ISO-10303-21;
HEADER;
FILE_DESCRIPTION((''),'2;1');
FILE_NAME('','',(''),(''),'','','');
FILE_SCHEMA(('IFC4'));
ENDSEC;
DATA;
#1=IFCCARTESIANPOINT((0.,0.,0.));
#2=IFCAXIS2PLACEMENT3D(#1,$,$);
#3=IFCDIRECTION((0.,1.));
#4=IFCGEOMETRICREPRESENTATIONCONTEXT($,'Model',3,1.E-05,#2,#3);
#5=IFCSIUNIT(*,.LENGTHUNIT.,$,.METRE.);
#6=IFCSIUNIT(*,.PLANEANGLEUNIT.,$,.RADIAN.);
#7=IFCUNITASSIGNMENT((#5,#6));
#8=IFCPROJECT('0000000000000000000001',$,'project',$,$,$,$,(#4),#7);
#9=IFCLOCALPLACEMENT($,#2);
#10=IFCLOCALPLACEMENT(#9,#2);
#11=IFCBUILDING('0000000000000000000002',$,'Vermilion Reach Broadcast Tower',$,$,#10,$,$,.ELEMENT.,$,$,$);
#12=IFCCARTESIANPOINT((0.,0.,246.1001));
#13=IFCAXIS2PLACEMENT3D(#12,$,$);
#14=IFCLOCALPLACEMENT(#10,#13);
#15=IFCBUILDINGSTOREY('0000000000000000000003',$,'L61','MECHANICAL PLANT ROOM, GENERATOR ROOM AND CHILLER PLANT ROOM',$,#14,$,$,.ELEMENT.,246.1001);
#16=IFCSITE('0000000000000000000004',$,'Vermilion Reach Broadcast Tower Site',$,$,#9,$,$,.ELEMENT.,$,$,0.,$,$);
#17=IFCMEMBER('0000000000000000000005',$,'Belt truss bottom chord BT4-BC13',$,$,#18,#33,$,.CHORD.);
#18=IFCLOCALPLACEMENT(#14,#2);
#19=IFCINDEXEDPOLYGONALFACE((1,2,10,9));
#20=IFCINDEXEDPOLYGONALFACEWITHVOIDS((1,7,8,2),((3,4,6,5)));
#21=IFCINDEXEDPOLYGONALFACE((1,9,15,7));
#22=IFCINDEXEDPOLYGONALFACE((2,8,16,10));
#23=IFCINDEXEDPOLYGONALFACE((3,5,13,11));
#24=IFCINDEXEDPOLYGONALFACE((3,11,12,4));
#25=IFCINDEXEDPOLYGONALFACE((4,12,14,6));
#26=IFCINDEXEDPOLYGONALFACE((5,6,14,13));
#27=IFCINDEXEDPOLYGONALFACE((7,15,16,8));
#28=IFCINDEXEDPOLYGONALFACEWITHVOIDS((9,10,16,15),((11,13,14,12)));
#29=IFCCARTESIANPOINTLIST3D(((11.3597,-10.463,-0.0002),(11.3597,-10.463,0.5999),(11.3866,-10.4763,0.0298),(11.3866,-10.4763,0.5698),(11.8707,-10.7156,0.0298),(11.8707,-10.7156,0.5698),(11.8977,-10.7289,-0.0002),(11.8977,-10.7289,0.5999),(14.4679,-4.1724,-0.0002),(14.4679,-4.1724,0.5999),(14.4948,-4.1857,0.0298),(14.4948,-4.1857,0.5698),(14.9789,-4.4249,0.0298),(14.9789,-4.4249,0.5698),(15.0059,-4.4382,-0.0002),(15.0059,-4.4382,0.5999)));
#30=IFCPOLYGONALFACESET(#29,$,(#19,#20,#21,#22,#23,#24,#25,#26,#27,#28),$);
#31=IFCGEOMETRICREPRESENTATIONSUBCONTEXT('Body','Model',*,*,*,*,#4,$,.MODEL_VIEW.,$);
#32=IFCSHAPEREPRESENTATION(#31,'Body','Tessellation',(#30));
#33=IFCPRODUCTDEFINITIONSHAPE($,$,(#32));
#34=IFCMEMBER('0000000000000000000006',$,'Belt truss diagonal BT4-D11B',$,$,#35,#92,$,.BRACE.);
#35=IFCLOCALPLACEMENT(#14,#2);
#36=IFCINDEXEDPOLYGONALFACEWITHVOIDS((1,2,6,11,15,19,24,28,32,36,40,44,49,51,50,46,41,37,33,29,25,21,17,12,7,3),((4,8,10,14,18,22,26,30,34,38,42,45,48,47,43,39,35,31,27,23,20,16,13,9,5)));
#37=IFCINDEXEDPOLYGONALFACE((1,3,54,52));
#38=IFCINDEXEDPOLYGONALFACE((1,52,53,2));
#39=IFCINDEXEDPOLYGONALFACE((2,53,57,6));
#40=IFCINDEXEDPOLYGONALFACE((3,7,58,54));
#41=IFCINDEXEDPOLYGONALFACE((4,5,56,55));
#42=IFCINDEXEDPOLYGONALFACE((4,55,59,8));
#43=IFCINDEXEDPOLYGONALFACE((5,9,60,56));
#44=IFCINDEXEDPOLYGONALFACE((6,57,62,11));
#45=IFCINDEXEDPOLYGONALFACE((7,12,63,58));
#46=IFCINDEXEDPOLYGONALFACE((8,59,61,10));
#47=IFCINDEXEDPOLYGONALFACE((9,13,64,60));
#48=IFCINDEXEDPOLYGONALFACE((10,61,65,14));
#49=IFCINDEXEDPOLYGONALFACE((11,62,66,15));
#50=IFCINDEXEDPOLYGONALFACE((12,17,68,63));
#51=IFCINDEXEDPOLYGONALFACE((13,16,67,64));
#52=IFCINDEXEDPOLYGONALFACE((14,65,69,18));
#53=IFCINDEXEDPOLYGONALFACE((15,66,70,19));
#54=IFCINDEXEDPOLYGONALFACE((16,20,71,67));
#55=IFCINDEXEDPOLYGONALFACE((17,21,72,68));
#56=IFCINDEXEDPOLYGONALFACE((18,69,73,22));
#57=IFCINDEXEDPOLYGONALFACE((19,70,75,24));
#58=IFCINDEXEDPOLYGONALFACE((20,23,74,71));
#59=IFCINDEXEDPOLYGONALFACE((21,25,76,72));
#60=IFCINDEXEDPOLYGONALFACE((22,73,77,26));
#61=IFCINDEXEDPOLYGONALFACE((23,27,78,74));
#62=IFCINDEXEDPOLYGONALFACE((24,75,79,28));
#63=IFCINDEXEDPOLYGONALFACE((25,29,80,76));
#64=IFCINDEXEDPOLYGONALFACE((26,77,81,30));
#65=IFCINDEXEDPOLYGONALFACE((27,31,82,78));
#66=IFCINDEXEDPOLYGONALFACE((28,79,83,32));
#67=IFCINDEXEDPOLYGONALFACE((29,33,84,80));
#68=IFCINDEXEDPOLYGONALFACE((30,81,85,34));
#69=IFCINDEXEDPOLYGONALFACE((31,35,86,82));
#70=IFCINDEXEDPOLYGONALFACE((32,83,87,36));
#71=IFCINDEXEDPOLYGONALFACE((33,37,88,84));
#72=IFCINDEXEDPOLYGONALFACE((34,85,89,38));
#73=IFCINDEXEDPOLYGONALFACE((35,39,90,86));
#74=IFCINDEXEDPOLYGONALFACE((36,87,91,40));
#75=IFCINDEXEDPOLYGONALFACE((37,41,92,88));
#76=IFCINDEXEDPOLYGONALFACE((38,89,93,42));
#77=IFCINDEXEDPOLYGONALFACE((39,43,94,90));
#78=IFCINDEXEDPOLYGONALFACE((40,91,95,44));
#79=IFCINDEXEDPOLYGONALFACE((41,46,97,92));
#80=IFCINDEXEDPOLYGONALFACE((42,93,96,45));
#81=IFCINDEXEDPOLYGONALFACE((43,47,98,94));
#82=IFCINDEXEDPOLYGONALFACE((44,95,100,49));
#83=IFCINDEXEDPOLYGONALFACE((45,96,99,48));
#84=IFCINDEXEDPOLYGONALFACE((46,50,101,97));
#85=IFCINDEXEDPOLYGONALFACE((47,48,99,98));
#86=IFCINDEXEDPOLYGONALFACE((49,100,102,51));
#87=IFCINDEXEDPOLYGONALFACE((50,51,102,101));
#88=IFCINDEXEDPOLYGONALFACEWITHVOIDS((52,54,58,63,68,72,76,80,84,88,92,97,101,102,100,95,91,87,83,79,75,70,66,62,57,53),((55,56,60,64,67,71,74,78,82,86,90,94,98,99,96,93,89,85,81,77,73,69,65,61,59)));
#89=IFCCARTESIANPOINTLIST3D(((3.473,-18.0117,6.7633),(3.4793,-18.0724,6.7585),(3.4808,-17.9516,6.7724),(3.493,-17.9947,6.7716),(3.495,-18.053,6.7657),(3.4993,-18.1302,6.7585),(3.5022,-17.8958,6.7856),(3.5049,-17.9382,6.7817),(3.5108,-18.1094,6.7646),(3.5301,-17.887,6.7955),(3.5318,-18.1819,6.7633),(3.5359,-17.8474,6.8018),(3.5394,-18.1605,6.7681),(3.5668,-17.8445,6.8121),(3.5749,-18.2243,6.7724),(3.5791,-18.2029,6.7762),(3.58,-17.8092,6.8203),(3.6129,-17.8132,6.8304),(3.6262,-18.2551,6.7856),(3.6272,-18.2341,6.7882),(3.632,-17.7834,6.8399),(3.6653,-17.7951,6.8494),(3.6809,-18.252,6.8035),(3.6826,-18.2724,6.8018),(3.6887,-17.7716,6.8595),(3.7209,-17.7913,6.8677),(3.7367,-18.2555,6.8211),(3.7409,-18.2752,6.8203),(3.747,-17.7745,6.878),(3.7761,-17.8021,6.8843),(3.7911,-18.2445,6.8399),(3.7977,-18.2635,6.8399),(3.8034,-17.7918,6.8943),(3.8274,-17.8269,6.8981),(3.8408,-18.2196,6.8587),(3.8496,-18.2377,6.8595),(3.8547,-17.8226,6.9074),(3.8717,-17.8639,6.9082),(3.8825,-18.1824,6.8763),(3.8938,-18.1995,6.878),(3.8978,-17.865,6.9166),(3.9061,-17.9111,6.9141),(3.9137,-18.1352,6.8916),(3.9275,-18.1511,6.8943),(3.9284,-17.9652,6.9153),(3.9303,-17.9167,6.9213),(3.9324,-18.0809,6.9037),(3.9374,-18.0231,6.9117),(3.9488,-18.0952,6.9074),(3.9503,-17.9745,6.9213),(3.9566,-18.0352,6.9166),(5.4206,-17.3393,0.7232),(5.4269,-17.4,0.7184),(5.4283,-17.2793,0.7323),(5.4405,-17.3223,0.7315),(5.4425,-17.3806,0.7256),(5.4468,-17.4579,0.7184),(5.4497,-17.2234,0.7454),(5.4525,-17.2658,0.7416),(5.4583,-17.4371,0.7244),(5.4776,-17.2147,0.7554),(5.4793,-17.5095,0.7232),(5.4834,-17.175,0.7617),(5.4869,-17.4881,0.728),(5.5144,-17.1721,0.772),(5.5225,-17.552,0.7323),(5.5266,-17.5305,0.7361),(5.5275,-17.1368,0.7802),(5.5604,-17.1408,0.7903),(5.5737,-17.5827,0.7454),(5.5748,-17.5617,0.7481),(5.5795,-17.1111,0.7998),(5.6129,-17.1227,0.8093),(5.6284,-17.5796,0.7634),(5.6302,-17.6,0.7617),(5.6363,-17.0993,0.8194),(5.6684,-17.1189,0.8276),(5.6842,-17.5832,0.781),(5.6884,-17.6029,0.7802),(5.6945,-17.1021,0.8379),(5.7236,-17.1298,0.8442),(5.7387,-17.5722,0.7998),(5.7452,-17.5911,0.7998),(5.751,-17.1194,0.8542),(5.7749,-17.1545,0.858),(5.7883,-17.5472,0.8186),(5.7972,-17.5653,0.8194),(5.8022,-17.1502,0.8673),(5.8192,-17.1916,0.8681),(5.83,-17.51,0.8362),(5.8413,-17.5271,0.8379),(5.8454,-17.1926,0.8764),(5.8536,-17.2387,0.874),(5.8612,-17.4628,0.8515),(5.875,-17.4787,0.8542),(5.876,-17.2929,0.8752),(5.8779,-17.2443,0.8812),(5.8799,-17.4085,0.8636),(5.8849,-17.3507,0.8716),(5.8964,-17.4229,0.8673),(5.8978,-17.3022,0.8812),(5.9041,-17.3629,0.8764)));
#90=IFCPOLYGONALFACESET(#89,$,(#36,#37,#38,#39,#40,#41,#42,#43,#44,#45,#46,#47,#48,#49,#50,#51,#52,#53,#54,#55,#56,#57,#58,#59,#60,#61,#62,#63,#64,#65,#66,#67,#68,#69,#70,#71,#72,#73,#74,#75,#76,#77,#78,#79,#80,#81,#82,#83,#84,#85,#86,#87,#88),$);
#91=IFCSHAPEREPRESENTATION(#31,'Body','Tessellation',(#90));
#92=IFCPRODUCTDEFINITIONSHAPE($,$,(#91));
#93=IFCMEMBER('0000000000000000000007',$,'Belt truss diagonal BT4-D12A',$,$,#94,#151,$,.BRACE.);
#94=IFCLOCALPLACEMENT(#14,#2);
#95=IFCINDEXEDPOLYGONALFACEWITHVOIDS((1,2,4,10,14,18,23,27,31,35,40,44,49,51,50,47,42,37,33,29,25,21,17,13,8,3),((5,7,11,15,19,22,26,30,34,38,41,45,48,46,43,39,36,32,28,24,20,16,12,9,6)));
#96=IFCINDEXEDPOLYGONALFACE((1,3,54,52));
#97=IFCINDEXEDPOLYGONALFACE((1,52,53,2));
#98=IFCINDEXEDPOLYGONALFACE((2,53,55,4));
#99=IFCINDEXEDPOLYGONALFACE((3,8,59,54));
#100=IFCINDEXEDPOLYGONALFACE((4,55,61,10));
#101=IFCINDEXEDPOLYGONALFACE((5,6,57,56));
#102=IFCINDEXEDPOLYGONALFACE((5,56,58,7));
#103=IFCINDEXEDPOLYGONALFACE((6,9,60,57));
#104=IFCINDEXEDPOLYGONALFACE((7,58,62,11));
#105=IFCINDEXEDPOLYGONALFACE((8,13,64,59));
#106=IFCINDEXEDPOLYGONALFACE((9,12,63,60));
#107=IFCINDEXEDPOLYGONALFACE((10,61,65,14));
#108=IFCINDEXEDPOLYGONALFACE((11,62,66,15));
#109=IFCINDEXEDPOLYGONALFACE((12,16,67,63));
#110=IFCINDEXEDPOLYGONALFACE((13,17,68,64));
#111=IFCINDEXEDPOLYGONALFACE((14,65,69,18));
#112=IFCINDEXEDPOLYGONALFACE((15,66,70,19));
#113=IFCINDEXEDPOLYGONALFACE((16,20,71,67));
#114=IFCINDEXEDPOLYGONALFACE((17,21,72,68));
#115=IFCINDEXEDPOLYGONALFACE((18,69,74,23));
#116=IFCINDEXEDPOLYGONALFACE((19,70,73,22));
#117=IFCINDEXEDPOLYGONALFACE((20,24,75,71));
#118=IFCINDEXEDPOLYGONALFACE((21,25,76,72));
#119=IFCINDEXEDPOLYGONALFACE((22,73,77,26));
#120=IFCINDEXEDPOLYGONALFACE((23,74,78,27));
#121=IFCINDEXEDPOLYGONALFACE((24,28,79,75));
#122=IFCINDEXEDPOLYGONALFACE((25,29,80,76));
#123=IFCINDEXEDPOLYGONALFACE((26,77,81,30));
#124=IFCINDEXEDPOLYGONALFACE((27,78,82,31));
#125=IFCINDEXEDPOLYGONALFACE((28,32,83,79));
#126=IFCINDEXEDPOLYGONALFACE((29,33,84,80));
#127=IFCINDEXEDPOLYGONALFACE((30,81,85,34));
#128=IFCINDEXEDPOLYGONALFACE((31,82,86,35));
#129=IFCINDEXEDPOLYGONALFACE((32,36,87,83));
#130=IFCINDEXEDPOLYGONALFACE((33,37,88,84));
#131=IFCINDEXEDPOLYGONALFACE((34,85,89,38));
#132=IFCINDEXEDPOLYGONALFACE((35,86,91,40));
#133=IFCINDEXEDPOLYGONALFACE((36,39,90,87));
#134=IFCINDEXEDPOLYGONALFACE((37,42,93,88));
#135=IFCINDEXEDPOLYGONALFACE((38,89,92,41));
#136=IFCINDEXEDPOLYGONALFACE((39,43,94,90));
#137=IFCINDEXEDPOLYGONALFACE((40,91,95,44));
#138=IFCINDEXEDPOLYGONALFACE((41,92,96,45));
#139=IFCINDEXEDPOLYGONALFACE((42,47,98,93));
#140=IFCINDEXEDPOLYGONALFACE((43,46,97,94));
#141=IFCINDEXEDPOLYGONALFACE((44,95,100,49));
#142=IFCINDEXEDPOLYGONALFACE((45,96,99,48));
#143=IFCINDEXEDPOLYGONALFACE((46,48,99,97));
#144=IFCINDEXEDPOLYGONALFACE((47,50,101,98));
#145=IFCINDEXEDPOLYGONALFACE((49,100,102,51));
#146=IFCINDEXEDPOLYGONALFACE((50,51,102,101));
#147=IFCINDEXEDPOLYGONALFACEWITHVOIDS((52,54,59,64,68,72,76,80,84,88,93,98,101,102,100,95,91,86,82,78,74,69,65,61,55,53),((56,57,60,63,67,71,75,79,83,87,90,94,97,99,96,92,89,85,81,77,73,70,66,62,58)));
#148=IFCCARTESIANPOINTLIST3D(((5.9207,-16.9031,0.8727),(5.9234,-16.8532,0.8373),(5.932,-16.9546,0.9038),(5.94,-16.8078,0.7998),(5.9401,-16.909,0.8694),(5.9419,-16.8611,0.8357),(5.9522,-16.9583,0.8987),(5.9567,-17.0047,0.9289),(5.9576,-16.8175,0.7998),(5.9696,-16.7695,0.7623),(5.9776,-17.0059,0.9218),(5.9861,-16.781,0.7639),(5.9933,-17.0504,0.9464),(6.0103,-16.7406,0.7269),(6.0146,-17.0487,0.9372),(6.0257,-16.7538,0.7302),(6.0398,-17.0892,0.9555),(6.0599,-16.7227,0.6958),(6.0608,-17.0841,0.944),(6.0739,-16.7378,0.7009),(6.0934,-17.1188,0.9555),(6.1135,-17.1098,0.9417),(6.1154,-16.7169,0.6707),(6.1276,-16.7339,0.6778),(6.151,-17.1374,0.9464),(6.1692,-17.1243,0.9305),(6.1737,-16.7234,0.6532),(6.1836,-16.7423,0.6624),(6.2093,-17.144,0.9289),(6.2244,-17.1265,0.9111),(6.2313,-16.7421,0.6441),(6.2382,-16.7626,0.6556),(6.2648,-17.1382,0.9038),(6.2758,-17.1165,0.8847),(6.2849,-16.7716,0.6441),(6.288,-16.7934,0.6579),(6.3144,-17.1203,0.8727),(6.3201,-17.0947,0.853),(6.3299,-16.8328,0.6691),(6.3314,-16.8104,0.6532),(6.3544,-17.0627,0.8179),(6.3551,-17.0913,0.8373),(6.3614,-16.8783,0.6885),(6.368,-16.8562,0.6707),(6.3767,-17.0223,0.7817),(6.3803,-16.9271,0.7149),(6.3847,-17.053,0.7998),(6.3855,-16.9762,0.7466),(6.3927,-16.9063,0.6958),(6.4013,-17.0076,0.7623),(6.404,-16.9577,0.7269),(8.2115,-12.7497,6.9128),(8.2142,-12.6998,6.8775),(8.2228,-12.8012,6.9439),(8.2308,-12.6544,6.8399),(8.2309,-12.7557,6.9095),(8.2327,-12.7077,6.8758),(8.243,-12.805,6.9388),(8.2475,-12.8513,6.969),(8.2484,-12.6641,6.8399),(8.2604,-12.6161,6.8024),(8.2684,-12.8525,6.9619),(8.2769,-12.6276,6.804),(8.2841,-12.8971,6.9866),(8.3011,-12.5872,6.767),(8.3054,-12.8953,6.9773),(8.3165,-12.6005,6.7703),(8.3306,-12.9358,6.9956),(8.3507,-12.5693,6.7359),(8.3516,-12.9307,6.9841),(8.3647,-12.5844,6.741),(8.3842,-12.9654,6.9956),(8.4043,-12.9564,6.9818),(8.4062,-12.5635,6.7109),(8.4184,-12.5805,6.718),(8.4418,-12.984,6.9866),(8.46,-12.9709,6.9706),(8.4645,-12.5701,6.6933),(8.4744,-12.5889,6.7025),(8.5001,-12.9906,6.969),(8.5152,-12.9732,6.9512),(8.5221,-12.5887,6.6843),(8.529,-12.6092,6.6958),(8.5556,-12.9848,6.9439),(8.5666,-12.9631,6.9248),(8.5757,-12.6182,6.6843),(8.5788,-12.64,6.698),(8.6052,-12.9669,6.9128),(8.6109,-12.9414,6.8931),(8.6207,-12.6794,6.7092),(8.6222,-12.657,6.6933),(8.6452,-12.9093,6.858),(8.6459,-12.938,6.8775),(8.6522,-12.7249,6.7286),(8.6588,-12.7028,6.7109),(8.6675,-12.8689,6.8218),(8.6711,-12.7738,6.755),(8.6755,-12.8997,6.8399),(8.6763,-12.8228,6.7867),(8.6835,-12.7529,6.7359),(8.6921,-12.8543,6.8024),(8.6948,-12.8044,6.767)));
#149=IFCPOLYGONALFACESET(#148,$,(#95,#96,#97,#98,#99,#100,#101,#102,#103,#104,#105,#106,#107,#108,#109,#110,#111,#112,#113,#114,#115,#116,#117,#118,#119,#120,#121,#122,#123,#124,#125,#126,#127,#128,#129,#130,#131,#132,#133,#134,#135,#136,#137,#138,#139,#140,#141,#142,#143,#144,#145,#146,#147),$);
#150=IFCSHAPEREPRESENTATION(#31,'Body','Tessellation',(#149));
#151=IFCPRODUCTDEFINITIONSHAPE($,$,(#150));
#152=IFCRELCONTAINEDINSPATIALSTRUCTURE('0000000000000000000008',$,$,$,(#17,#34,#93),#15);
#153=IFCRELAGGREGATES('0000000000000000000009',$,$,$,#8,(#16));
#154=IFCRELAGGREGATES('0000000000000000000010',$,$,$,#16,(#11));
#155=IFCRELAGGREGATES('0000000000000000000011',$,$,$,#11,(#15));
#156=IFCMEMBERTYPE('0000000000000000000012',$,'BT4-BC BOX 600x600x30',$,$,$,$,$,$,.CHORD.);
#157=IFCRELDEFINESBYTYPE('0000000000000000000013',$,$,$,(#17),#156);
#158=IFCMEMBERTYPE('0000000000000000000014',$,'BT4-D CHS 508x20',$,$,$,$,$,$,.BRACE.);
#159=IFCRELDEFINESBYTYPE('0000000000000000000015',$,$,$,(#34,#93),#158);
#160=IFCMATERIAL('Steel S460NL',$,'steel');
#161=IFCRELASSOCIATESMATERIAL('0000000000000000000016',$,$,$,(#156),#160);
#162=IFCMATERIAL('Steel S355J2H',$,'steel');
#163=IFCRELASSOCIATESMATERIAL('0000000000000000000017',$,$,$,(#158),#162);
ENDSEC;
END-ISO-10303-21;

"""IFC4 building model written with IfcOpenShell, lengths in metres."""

from ifc_helpers import new_model, si_unit, direction, frame, origin, origin_2d, place, context, subcontext, project, spatial, hollow_rectangle, hollow_circle, extrude, material, material_profile, profile_set, type_object, element, save


model = new_model("IFC4")

# Units and contexts
model_context = context("Model", 3, precision=1e-05, world=origin(), true_north=direction((0.0, 1.0)))
body_context = subcontext(model_context, "Body", "Model", "MODEL_VIEW")
ifc_project = project(units=[si_unit("LENGTHUNIT", "METRE"), si_unit("PLANEANGLEUNIT", "RADIAN")], contexts=[model_context])

# Site, building, storey
site_placement = place(None, origin())
site = spatial("IfcSite", under=ifc_project, at=site_placement, Name="Vermilion Reach Broadcast Tower Site", CompositionType="ELEMENT", RefElevation=0.0)
building_placement = place(site_placement, origin())
building = spatial("IfcBuilding", under=site, at=building_placement, Name="Vermilion Reach Broadcast Tower", CompositionType="ELEMENT")
storey_placement = place(building_placement, frame((0.0, 0.0, 246.1001)))
storey = spatial("IfcBuildingStorey", under=building, at=storey_placement, Name="L61", Description="MECHANICAL PLANT ROOM, GENERATOR ROOM AND CHILLER PLANT ROOM", CompositionType="ELEMENT", Elevation=246.1001)

# Members
ifc_material_1 = material(Name="Steel S460NL", Category="steel")
ifc_material_profile_1 = material_profile(ifc_material_1, hollow_rectangle(XDim=0.6001, YDim=0.6001, WallThickness=0.03, at=origin_2d()), Name="S460NL BOX 600x600x30")
ifc_profile_set_1 = profile_set([ifc_material_profile_1], Name="Steel S460NL")
member_type_1 = type_object("IfcMemberType", Name="BT4-BC BOX 600x600x30", PredefinedType="CHORD", material=ifc_profile_set_1)
member_1_placement = place(storey_placement, frame((11.6287, -10.5959, 0.2998), z_axis=(0.442977, 0.896533, 0.0), x_axis=(-0.896533, 0.442977, 0.0)))
element("IfcMember", 1, at=member_1_placement, inside=storey, type_object=member_type_1, Name="Belt truss bottom chord BT4-BC13", PredefinedType="CHORD", context=body_context, shape_type="SweptSolid", body=[
    extrude(hollow_rectangle(XDim=0.6001, YDim=0.6001, WallThickness=0.03, at=origin_2d()), origin(), (0.0, 0.0, 1.0), 7.0166),
])
ifc_material_2 = material(Name="Steel S355J2H", Category="steel")
ifc_material_profile_2 = material_profile(ifc_material_2, hollow_circle(Radius=0.2539, WallThickness=0.02, at=origin_2d()), Name="S355J2H CHS 508x20")
ifc_profile_set_2 = profile_set([ifc_material_profile_2], Name="Steel S355J2H")
member_type_2 = type_object("IfcMemberType", Name="BT4-D CHS 508x20", PredefinedType="BRACE", material=ifc_profile_set_2)
member_2_placement = place(storey_placement, frame((5.6624, -17.3511, 0.7998), z_axis=(-0.305168, -0.105357, 0.946453), x_axis=(0.326341, -0.945252, 0.0)))
element("IfcMember", 2, at=member_2_placement, inside=storey, type_object=member_type_2, Name="Belt truss diagonal BT4-D11B", PredefinedType="BRACE", context=body_context, shape_type="SweptSolid", body=[
    extrude(hollow_circle(Radius=0.2539, WallThickness=0.02, at=origin_2d()), origin(), (0.0, 0.0, 1.0), 6.3818),
])
member_3_placement = place(storey_placement, frame((6.1624, -16.9304, 0.7998), z_axis=(0.298284, 0.540809, 0.786481), x_axis=(-0.875641, 0.482962, 0.0)))
element("IfcMember", 3, at=member_3_placement, inside=storey, type_object=member_type_2, Name="Belt truss diagonal BT4-D12A", PredefinedType="BRACE", context=body_context, shape_type="SweptSolid", body=[
    extrude(hollow_circle(Radius=0.2539, WallThickness=0.02, at=origin_2d()), origin(), (0.0, 0.0, 1.0), 7.6799),
])

save(model, "model.ifc")
